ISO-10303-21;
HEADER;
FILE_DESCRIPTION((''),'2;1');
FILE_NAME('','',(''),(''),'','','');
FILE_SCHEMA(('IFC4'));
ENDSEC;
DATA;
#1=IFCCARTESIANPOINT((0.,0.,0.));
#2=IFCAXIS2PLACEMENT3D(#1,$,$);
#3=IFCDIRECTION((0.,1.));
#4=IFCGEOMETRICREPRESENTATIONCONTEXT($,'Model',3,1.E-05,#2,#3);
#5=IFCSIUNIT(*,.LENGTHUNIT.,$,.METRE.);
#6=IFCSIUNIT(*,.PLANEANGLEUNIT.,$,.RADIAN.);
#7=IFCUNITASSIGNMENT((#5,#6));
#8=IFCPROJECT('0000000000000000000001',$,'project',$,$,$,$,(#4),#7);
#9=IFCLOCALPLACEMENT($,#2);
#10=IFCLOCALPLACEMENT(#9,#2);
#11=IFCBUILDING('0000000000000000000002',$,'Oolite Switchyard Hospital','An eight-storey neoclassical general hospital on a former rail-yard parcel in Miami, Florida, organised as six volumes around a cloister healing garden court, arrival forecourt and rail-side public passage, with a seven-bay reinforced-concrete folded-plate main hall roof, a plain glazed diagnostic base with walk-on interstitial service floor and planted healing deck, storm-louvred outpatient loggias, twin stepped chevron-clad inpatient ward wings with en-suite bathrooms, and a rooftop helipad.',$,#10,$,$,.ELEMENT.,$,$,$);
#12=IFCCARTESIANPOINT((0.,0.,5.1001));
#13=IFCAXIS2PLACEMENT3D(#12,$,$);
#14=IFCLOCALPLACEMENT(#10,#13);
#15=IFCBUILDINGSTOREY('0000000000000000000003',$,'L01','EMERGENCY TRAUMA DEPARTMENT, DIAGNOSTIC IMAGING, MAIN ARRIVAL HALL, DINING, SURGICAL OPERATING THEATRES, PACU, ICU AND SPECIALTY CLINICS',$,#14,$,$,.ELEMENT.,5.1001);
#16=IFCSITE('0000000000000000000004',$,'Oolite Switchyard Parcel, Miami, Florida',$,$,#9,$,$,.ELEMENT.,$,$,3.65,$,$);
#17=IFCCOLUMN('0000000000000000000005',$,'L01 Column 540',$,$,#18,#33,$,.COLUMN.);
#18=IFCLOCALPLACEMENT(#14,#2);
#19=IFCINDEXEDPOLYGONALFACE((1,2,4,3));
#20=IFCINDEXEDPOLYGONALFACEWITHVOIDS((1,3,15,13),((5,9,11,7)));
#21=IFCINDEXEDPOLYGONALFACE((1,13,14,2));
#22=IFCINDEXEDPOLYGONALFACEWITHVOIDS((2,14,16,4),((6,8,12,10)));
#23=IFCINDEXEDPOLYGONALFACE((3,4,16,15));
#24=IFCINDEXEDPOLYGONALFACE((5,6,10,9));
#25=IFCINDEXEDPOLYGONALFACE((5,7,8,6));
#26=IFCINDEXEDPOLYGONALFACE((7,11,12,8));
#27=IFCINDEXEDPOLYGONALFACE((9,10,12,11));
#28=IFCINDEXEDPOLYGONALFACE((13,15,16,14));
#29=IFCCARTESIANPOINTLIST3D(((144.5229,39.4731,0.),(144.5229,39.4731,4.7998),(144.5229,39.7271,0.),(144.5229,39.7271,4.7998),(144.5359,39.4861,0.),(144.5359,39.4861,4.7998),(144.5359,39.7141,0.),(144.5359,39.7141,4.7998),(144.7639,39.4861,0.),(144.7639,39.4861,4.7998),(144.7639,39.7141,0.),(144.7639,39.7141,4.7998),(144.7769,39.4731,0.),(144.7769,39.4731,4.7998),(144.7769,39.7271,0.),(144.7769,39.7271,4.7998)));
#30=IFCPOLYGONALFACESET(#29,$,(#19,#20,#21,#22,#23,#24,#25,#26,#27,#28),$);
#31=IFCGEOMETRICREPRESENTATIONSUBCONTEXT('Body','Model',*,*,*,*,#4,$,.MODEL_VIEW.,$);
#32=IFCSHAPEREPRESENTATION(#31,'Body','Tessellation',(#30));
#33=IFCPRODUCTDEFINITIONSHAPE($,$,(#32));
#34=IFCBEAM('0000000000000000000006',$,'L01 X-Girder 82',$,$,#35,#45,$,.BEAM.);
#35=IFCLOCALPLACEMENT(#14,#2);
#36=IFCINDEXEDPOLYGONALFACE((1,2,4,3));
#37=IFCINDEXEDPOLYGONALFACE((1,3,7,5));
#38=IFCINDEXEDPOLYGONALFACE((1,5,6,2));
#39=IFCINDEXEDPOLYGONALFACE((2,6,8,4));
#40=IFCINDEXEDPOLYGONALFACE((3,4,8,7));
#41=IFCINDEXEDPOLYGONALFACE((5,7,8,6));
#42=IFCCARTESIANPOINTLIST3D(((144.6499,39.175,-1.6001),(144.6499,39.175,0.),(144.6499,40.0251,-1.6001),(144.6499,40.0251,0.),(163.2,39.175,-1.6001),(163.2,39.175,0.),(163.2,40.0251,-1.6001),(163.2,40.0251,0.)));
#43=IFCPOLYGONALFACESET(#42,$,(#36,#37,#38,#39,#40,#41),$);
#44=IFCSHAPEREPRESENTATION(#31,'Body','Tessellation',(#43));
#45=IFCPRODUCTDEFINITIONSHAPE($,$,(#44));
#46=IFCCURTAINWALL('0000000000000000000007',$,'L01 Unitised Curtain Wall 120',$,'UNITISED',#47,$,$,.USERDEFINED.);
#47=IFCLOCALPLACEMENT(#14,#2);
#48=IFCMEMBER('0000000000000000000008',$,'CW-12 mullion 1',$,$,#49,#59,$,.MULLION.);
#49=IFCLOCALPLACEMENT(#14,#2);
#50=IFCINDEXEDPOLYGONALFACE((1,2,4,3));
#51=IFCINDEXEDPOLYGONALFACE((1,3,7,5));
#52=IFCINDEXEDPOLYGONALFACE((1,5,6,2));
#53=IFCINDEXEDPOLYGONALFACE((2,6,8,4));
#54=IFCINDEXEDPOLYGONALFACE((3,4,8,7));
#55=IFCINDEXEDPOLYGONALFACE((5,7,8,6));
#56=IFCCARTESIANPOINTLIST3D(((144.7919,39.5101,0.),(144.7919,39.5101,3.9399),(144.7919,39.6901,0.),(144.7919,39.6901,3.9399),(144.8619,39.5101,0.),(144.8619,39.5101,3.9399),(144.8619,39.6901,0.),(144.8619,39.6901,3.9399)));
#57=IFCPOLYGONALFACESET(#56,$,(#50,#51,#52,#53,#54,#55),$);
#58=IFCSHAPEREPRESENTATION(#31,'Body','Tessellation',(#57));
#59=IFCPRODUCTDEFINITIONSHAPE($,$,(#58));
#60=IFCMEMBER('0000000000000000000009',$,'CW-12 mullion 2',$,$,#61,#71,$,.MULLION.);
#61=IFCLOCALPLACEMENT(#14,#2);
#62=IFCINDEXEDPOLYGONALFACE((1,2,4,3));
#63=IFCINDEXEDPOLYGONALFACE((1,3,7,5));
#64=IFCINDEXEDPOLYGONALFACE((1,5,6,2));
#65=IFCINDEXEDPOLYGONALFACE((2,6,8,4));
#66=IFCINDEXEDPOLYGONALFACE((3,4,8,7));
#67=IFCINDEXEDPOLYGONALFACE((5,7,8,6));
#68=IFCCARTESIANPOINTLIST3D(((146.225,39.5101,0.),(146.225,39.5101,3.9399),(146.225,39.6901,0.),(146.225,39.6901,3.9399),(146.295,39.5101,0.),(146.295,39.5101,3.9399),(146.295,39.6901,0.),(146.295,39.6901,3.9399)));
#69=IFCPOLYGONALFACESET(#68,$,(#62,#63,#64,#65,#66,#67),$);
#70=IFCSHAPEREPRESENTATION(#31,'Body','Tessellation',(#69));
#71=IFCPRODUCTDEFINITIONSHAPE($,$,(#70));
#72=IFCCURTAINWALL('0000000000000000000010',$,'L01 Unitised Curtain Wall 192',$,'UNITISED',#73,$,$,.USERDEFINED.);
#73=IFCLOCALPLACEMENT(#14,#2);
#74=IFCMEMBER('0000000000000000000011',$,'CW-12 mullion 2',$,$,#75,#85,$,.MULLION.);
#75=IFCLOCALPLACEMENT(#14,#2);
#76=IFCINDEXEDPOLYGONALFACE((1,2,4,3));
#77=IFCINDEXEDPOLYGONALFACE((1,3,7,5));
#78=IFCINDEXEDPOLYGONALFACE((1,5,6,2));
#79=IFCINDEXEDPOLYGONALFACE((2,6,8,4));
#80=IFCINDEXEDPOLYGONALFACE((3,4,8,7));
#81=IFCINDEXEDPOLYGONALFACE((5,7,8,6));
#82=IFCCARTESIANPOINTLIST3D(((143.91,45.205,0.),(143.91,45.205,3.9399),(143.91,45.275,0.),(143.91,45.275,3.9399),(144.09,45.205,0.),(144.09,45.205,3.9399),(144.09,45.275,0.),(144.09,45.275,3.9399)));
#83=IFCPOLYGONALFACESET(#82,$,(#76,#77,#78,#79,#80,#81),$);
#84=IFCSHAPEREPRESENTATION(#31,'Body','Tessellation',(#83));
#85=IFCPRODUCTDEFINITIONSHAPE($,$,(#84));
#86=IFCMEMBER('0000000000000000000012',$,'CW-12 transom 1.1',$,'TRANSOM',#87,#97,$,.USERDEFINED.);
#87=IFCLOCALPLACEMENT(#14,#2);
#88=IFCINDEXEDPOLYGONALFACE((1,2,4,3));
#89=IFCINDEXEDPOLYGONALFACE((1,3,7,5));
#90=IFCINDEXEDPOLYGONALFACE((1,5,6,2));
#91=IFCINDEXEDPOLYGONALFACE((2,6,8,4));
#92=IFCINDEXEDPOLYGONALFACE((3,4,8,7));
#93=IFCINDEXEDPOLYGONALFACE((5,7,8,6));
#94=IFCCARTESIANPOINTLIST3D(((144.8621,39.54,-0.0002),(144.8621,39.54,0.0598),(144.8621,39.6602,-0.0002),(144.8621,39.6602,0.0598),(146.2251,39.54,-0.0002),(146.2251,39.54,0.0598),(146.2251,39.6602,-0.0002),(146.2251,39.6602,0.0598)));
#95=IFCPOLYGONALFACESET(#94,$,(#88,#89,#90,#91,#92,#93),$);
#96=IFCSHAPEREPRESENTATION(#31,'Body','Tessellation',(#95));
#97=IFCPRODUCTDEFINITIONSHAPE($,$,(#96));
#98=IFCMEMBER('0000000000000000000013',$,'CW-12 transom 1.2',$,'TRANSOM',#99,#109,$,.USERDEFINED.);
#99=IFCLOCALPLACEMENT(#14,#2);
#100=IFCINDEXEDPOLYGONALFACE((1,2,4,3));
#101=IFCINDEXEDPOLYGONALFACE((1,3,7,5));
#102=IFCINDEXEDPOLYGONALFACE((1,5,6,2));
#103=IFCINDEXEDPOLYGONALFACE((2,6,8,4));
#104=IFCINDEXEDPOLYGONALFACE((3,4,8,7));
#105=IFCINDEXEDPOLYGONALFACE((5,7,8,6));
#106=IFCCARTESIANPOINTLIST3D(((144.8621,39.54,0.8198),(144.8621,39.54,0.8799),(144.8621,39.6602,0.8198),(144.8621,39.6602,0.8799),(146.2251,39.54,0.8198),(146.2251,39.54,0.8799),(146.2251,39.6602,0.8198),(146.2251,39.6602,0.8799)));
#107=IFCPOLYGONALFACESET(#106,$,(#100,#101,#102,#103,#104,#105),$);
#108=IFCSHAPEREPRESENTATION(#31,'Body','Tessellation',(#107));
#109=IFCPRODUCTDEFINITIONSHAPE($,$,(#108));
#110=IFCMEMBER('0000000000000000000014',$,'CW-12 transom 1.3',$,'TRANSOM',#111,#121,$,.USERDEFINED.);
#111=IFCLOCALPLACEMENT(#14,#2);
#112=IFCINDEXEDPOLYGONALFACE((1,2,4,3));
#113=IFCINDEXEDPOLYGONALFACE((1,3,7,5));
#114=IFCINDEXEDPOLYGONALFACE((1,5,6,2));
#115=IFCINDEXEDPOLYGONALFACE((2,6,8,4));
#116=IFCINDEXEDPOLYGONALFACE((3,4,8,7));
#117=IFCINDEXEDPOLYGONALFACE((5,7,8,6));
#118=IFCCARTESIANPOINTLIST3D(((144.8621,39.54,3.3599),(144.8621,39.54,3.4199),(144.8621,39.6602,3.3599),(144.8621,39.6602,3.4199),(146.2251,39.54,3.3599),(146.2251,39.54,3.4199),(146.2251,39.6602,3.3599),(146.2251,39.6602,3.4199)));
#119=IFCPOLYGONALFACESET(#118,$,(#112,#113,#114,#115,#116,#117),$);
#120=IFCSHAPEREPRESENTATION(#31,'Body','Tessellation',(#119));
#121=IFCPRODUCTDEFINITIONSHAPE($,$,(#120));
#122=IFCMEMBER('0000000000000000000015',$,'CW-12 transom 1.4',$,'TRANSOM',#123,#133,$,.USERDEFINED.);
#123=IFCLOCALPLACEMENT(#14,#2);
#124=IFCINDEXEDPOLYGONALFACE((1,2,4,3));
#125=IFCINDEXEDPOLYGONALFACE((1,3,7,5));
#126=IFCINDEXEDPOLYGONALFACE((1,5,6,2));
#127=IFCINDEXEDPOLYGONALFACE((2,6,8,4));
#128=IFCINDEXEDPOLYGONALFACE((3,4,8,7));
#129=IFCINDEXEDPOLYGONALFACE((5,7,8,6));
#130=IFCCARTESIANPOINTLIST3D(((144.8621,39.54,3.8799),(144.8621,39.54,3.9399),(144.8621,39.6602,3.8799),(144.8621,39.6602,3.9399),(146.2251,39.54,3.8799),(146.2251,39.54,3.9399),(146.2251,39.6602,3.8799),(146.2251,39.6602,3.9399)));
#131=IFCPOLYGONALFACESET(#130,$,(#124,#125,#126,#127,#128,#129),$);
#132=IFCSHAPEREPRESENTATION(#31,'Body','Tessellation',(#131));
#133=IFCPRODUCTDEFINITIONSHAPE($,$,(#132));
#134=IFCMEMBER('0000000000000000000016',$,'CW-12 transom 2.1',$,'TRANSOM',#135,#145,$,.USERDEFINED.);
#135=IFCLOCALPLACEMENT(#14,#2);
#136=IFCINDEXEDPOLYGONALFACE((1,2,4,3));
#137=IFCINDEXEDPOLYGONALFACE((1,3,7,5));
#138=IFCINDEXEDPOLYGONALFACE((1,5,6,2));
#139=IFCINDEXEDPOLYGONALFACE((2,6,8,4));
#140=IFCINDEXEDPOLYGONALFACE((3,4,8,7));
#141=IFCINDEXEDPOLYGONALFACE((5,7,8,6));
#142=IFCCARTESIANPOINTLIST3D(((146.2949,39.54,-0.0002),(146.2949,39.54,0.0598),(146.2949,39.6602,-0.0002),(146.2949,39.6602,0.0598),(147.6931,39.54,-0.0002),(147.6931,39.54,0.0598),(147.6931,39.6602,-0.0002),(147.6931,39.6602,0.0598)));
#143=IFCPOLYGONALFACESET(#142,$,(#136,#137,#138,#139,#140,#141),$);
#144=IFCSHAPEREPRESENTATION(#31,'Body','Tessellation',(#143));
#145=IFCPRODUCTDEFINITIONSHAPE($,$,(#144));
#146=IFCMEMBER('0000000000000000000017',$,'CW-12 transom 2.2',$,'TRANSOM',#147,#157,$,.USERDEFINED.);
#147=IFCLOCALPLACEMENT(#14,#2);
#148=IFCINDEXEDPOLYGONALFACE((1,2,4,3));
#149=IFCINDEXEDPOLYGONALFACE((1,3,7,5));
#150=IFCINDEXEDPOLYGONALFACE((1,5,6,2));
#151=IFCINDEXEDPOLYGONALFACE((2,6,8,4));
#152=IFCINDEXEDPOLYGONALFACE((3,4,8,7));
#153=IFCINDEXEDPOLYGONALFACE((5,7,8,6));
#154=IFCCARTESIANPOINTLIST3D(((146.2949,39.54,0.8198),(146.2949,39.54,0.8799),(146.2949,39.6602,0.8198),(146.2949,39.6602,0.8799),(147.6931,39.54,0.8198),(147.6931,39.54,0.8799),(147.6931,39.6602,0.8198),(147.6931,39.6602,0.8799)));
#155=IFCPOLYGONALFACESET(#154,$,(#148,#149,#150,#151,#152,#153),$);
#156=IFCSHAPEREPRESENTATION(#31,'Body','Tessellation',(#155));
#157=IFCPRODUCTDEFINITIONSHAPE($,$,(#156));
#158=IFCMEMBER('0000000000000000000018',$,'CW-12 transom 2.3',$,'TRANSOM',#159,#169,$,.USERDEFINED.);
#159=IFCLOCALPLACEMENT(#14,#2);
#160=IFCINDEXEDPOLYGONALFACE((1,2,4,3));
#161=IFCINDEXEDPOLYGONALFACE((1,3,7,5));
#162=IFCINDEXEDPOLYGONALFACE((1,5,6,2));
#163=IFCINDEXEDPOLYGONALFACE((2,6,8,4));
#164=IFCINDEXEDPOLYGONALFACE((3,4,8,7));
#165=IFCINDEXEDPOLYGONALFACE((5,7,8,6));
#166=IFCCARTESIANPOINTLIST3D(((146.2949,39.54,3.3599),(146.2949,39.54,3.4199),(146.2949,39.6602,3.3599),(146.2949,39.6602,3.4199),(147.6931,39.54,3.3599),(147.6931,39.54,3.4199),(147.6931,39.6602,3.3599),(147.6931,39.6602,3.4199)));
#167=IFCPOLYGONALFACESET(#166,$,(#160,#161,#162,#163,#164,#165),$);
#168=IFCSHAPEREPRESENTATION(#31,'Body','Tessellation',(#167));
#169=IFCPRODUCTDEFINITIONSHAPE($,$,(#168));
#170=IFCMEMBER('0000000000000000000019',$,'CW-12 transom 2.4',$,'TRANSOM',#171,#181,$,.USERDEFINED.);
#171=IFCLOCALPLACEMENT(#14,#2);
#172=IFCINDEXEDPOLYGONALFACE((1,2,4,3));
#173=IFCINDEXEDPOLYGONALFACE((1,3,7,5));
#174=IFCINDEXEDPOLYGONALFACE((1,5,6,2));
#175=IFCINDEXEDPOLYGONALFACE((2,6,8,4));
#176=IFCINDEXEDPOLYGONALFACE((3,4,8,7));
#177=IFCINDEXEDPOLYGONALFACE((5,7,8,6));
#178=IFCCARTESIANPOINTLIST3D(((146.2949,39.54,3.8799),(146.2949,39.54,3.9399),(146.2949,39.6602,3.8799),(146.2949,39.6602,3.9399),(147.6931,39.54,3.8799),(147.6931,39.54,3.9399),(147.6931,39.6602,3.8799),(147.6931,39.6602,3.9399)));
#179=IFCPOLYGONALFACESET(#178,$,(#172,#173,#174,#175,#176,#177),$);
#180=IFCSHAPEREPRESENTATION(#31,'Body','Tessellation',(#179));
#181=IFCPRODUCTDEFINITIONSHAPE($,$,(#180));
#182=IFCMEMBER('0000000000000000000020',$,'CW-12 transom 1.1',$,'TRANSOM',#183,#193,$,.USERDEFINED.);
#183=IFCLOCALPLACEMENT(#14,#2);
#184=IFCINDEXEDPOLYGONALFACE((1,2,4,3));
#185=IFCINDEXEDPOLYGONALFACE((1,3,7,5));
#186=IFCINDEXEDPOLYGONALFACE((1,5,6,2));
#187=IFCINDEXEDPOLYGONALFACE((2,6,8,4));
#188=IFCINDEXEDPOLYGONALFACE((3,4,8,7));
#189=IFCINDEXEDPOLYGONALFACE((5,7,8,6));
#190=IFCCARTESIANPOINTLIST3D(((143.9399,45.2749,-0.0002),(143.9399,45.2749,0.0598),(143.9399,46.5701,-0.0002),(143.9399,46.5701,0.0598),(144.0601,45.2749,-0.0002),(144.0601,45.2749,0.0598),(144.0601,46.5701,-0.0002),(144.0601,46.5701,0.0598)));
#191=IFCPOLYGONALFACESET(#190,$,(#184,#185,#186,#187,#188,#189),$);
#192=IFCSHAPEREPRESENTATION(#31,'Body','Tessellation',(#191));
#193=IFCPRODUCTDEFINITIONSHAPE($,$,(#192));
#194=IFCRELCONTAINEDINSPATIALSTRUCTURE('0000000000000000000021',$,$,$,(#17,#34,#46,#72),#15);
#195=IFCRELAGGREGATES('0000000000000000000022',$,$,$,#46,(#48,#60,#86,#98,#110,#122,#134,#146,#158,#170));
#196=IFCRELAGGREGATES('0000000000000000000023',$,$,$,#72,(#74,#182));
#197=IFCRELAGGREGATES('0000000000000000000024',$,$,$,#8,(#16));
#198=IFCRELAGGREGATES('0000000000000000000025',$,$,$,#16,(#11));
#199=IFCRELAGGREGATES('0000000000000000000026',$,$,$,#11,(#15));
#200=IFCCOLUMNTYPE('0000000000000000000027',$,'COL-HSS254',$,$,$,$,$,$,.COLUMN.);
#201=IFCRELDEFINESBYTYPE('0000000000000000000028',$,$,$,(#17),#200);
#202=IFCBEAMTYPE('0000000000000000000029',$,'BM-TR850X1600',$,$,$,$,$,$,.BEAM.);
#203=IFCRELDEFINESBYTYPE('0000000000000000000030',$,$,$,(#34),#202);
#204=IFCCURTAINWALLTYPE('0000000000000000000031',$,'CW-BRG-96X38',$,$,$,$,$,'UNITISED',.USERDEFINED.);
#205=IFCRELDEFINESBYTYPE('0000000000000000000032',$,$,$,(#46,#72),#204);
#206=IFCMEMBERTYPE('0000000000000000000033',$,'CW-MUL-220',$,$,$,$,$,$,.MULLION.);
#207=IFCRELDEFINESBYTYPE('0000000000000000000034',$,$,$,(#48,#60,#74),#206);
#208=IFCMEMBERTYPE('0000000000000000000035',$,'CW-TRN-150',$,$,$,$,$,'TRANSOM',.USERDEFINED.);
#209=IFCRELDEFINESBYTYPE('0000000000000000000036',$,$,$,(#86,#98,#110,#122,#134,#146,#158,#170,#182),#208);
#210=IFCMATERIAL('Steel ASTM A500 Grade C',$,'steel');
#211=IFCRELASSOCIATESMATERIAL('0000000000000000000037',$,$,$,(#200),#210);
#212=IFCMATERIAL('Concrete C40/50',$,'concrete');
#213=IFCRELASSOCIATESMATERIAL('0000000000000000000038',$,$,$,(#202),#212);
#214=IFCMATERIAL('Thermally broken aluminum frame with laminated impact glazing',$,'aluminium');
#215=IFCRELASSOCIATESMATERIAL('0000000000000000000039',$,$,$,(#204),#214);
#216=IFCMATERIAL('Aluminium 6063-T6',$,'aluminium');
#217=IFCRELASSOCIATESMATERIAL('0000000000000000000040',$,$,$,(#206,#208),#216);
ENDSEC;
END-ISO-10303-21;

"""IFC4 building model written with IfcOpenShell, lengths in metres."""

from ifc_helpers import new_model, si_unit, direction, frame, origin, origin_2d, place, context, subcontext, project, spatial, rectangle, hollow_rectangle, extrude, material, material_profile, profile_set, type_object, element, aggregate, save


model = new_model("IFC4")

# Units and contexts
model_context = context("Model", 3, precision=1e-05, world=origin(), true_north=direction((0.0, 1.0)))
body_context = subcontext(model_context, "Body", "Model", "MODEL_VIEW")
ifc_project = project(units=[si_unit("LENGTHUNIT", "METRE"), si_unit("PLANEANGLEUNIT", "RADIAN")], contexts=[model_context])

# Site, building, storey
site_placement = place(None, origin())
site = spatial("IfcSite", under=ifc_project, at=site_placement, Name="Oolite Switchyard Parcel, Miami, Florida", CompositionType="ELEMENT", RefElevation=3.65)
building_placement = place(site_placement, origin())
building = spatial("IfcBuilding", under=site, at=building_placement, Name="Oolite Switchyard Hospital", Description="An eight-storey neoclassical general hospital on a former rail-yard parcel in Miami, Florida, organised as six volumes around a cloister healing garden court, arrival forecourt and rail-side public passage, with a seven-bay reinforced-concrete folded-plate main hall roof, a plain glazed diagnostic base with walk-on interstitial service floor and planted healing deck, storm-louvred outpatient loggias, twin stepped chevron-clad inpatient ward wings with en-suite bathrooms, and a rooftop helipad.", CompositionType="ELEMENT")
storey_placement = place(building_placement, frame((0.0, 0.0, 5.1001)))
storey = spatial("IfcBuildingStorey", under=building, at=storey_placement, Name="L01", Description="EMERGENCY TRAUMA DEPARTMENT, DIAGNOSTIC IMAGING, MAIN ARRIVAL HALL, DINING, SURGICAL OPERATING THEATRES, PACU, ICU AND SPECIALTY CLINICS", CompositionType="ELEMENT", Elevation=5.1001)

# Column
ifc_material_1 = material(Name="Steel ASTM A500 Grade C", Category="steel")
ifc_material_profile_1 = material_profile(ifc_material_1, hollow_rectangle(XDim=0.2539, YDim=0.2539, WallThickness=0.0129, at=origin_2d()), Name="HSS254X254X13")
ifc_profile_set_1 = profile_set([ifc_material_profile_1], Name="Steel ASTM A500 Grade C")
column_type = type_object("IfcColumnType", Name="COL-HSS254", PredefinedType="COLUMN", material=ifc_profile_set_1)
column_placement = place(storey_placement, frame((144.6499, 39.6001, 0.0), z_axis=(0.0, 0.0, 1.0), x_axis=(1.0, 0.0, 0.0)))
element("IfcColumn", 1, at=column_placement, inside=storey, type_object=column_type, Name="L01 Column 540", PredefinedType="COLUMN", context=body_context, shape_type="SweptSolid", body=[
    extrude(hollow_rectangle(XDim=0.2539, YDim=0.2539, WallThickness=0.0129, at=origin_2d()), origin(), (0.0, 0.0, 1.0), 4.7998),
])

# Beam
ifc_material_2 = material(Name="Concrete C40/50", Category="concrete")
ifc_material_profile_2 = material_profile(ifc_material_2, rectangle(XDim=0.8501, YDim=1.6001, at=origin_2d()), Name="RCT850X1600")
ifc_profile_set_2 = profile_set([ifc_material_profile_2], Name="Concrete C40/50")
beam_type = type_object("IfcBeamType", Name="BM-TR850X1600", PredefinedType="BEAM", material=ifc_profile_set_2)
beam_placement = place(storey_placement, frame((144.6499, 39.6001, -0.8), z_axis=(1.0, 0.0, 0.0), x_axis=(0.0, 1.0, 0.0)))
element("IfcBeam", 2, at=beam_placement, inside=storey, type_object=beam_type, Name="L01 X-Girder 82", PredefinedType="BEAM", context=body_context, shape_type="SweptSolid", body=[
    extrude(rectangle(XDim=0.8501, YDim=1.6001, at=origin_2d()), origin(), (0.0, 0.0, 1.0), 18.55),
])

# Curtain wall, members
ifc_material_3 = material(Name="Thermally broken aluminum frame with laminated impact glazing", Category="aluminium")
curtain_wall_type = type_object("IfcCurtainWallType", Name="CW-BRG-96X38", ElementType="UNITISED", PredefinedType="USERDEFINED", material=ifc_material_3)
curtain_wall_1_placement = place(storey_placement, origin())
curtain_wall_1 = element("IfcCurtainWall", 3, at=curtain_wall_1_placement, inside=storey, type_object=curtain_wall_type, Name="L01 Unitised Curtain Wall 120", ObjectType="UNITISED", PredefinedType="USERDEFINED")
ifc_material_4 = material(Name="Aluminium 6063-T6", Category="aluminium")
ifc_material_profile_3 = material_profile(ifc_material_4, rectangle(XDim=0.1799, YDim=0.0701, at=origin_2d()), Name="CWM70X180")
ifc_profile_set_3 = profile_set([ifc_material_profile_3], Name="Aluminium 6063-T6")
member_type_1 = type_object("IfcMemberType", Name="CW-MUL-220", PredefinedType="MULLION", material=ifc_profile_set_3)
member_1_placement = place(storey_placement, frame((144.8269, 39.6001, 0.0), z_axis=(0.0, 0.0, 1.0), x_axis=(0.0, 1.0, 0.0)))
member_1 = element("IfcMember", 4, at=member_1_placement, type_object=member_type_1, Name="CW-12 mullion 1", PredefinedType="MULLION", context=body_context, shape_type="SweptSolid", body=[
    extrude(rectangle(XDim=0.1799, YDim=0.0701, at=origin_2d()), origin(), (0.0, 0.0, 1.0), 3.9399),
])
member_2_placement = place(storey_placement, frame((146.26, 39.6001, 0.0), z_axis=(0.0, 0.0, 1.0), x_axis=(0.0, 1.0, 0.0)))
member_2 = element("IfcMember", 5, at=member_2_placement, type_object=member_type_1, Name="CW-12 mullion 2", PredefinedType="MULLION", context=body_context, shape_type="SweptSolid", body=[
    extrude(rectangle(XDim=0.1799, YDim=0.0701, at=origin_2d()), origin(), (0.0, 0.0, 1.0), 3.9399),
])

# Curtain wall, member
curtain_wall_2_placement = place(storey_placement, origin())
curtain_wall_2 = element("IfcCurtainWall", 6, at=curtain_wall_2_placement, inside=storey, type_object=curtain_wall_type, Name="L01 Unitised Curtain Wall 192", ObjectType="UNITISED", PredefinedType="USERDEFINED")
member_3_placement = place(storey_placement, frame((144.0, 45.24, 0.0), z_axis=(0.0, 0.0, 1.0), x_axis=(1.0, 0.0, 0.0)))
member_3 = element("IfcMember", 7, at=member_3_placement, type_object=member_type_1, Name="CW-12 mullion 2", PredefinedType="MULLION", context=body_context, shape_type="SweptSolid", body=[
    extrude(rectangle(XDim=0.1799, YDim=0.0701, at=origin_2d()), origin(), (0.0, 0.0, 1.0), 3.9399),
])

# Members
ifc_material_profile_4 = material_profile(ifc_material_4, rectangle(XDim=0.1201, YDim=0.0601, at=origin_2d()), Name="CWT60X120")
ifc_profile_set_4 = profile_set([ifc_material_profile_4], Name="Aluminium 6063-T6")
member_type_2 = type_object("IfcMemberType", Name="CW-TRN-150", ElementType="TRANSOM", PredefinedType="USERDEFINED", material=ifc_profile_set_4)
member_4_placement = place(storey_placement, frame((144.8621, 39.6001, 0.0298), z_axis=(1.0, 0.0, 0.0), x_axis=(0.0, 1.0, 0.0)))
member_4 = element("IfcMember", 8, at=member_4_placement, type_object=member_type_2, Name="CW-12 transom 1.1", ObjectType="TRANSOM", PredefinedType="USERDEFINED", context=body_context, shape_type="SweptSolid", body=[
    extrude(rectangle(XDim=0.1201, YDim=0.0601, at=origin_2d()), origin(), (0.0, 0.0, 1.0), 1.363),
])
member_5_placement = place(storey_placement, frame((144.8621, 39.6001, 0.8499), z_axis=(1.0, 0.0, 0.0), x_axis=(0.0, 1.0, 0.0)))
member_5 = element("IfcMember", 9, at=member_5_placement, type_object=member_type_2, Name="CW-12 transom 1.2", ObjectType="TRANSOM", PredefinedType="USERDEFINED", context=body_context, shape_type="SweptSolid", body=[
    extrude(rectangle(XDim=0.1201, YDim=0.0601, at=origin_2d()), origin(), (0.0, 0.0, 1.0), 1.363),
])
member_6_placement = place(storey_placement, frame((144.8621, 39.6001, 3.3899), z_axis=(1.0, 0.0, 0.0), x_axis=(0.0, 1.0, 0.0)))
member_6 = element("IfcMember", 10, at=member_6_placement, type_object=member_type_2, Name="CW-12 transom 1.3", ObjectType="TRANSOM", PredefinedType="USERDEFINED", context=body_context, shape_type="SweptSolid", body=[
    extrude(rectangle(XDim=0.1201, YDim=0.0601, at=origin_2d()), origin(), (0.0, 0.0, 1.0), 1.363),
])
member_7_placement = place(storey_placement, frame((144.8621, 39.6001, 3.9099), z_axis=(1.0, 0.0, 0.0), x_axis=(0.0, 1.0, 0.0)))
member_7 = element("IfcMember", 11, at=member_7_placement, type_object=member_type_2, Name="CW-12 transom 1.4", ObjectType="TRANSOM", PredefinedType="USERDEFINED", context=body_context, shape_type="SweptSolid", body=[
    extrude(rectangle(XDim=0.1201, YDim=0.0601, at=origin_2d()), origin(), (0.0, 0.0, 1.0), 1.363),
])
member_8_placement = place(storey_placement, frame((146.2949, 39.6001, 0.0298), z_axis=(1.0, 0.0, 0.0), x_axis=(0.0, 1.0, 0.0)))
member_8 = element("IfcMember", 12, at=member_8_placement, type_object=member_type_2, Name="CW-12 transom 2.1", ObjectType="TRANSOM", PredefinedType="USERDEFINED", context=body_context, shape_type="SweptSolid", body=[
    extrude(rectangle(XDim=0.1201, YDim=0.0601, at=origin_2d()), origin(), (0.0, 0.0, 1.0), 1.3982),
])
member_9_placement = place(storey_placement, frame((146.2949, 39.6001, 0.8499), z_axis=(1.0, 0.0, 0.0), x_axis=(0.0, 1.0, 0.0)))
member_9 = element("IfcMember", 13, at=member_9_placement, type_object=member_type_2, Name="CW-12 transom 2.2", ObjectType="TRANSOM", PredefinedType="USERDEFINED", context=body_context, shape_type="SweptSolid", body=[
    extrude(rectangle(XDim=0.1201, YDim=0.0601, at=origin_2d()), origin(), (0.0, 0.0, 1.0), 1.3982),
])
member_10_placement = place(storey_placement, frame((146.2949, 39.6001, 3.3899), z_axis=(1.0, 0.0, 0.0), x_axis=(0.0, 1.0, 0.0)))
member_10 = element("IfcMember", 14, at=member_10_placement, type_object=member_type_2, Name="CW-12 transom 2.3", ObjectType="TRANSOM", PredefinedType="USERDEFINED", context=body_context, shape_type="SweptSolid", body=[
    extrude(rectangle(XDim=0.1201, YDim=0.0601, at=origin_2d()), origin(), (0.0, 0.0, 1.0), 1.3982),
])
member_11_placement = place(storey_placement, frame((146.2949, 39.6001, 3.9099), z_axis=(1.0, 0.0, 0.0), x_axis=(0.0, 1.0, 0.0)))
member_11 = element("IfcMember", 15, at=member_11_placement, type_object=member_type_2, Name="CW-12 transom 2.4", ObjectType="TRANSOM", PredefinedType="USERDEFINED", context=body_context, shape_type="SweptSolid", body=[
    extrude(rectangle(XDim=0.1201, YDim=0.0601, at=origin_2d()), origin(), (0.0, 0.0, 1.0), 1.3982),
])
member_12_placement = place(storey_placement, frame((144.0, 46.5701, 0.0298), z_axis=(0.0, -1.0, 0.0), x_axis=(1.0, 0.0, 0.0)))
member_12 = element("IfcMember", 16, at=member_12_placement, type_object=member_type_2, Name="CW-12 transom 1.1", ObjectType="TRANSOM", PredefinedType="USERDEFINED", context=body_context, shape_type="SweptSolid", body=[
    extrude(rectangle(XDim=0.1201, YDim=0.0601, at=origin_2d()), origin(), (0.0, 0.0, 1.0), 1.2952),
])

aggregate(curtain_wall_1, [member_1, member_2, member_4, member_5, member_6, member_7, member_8, member_9, member_10, member_11])
aggregate(curtain_wall_2, [member_3, member_12])

save(model, "model.ifc")
